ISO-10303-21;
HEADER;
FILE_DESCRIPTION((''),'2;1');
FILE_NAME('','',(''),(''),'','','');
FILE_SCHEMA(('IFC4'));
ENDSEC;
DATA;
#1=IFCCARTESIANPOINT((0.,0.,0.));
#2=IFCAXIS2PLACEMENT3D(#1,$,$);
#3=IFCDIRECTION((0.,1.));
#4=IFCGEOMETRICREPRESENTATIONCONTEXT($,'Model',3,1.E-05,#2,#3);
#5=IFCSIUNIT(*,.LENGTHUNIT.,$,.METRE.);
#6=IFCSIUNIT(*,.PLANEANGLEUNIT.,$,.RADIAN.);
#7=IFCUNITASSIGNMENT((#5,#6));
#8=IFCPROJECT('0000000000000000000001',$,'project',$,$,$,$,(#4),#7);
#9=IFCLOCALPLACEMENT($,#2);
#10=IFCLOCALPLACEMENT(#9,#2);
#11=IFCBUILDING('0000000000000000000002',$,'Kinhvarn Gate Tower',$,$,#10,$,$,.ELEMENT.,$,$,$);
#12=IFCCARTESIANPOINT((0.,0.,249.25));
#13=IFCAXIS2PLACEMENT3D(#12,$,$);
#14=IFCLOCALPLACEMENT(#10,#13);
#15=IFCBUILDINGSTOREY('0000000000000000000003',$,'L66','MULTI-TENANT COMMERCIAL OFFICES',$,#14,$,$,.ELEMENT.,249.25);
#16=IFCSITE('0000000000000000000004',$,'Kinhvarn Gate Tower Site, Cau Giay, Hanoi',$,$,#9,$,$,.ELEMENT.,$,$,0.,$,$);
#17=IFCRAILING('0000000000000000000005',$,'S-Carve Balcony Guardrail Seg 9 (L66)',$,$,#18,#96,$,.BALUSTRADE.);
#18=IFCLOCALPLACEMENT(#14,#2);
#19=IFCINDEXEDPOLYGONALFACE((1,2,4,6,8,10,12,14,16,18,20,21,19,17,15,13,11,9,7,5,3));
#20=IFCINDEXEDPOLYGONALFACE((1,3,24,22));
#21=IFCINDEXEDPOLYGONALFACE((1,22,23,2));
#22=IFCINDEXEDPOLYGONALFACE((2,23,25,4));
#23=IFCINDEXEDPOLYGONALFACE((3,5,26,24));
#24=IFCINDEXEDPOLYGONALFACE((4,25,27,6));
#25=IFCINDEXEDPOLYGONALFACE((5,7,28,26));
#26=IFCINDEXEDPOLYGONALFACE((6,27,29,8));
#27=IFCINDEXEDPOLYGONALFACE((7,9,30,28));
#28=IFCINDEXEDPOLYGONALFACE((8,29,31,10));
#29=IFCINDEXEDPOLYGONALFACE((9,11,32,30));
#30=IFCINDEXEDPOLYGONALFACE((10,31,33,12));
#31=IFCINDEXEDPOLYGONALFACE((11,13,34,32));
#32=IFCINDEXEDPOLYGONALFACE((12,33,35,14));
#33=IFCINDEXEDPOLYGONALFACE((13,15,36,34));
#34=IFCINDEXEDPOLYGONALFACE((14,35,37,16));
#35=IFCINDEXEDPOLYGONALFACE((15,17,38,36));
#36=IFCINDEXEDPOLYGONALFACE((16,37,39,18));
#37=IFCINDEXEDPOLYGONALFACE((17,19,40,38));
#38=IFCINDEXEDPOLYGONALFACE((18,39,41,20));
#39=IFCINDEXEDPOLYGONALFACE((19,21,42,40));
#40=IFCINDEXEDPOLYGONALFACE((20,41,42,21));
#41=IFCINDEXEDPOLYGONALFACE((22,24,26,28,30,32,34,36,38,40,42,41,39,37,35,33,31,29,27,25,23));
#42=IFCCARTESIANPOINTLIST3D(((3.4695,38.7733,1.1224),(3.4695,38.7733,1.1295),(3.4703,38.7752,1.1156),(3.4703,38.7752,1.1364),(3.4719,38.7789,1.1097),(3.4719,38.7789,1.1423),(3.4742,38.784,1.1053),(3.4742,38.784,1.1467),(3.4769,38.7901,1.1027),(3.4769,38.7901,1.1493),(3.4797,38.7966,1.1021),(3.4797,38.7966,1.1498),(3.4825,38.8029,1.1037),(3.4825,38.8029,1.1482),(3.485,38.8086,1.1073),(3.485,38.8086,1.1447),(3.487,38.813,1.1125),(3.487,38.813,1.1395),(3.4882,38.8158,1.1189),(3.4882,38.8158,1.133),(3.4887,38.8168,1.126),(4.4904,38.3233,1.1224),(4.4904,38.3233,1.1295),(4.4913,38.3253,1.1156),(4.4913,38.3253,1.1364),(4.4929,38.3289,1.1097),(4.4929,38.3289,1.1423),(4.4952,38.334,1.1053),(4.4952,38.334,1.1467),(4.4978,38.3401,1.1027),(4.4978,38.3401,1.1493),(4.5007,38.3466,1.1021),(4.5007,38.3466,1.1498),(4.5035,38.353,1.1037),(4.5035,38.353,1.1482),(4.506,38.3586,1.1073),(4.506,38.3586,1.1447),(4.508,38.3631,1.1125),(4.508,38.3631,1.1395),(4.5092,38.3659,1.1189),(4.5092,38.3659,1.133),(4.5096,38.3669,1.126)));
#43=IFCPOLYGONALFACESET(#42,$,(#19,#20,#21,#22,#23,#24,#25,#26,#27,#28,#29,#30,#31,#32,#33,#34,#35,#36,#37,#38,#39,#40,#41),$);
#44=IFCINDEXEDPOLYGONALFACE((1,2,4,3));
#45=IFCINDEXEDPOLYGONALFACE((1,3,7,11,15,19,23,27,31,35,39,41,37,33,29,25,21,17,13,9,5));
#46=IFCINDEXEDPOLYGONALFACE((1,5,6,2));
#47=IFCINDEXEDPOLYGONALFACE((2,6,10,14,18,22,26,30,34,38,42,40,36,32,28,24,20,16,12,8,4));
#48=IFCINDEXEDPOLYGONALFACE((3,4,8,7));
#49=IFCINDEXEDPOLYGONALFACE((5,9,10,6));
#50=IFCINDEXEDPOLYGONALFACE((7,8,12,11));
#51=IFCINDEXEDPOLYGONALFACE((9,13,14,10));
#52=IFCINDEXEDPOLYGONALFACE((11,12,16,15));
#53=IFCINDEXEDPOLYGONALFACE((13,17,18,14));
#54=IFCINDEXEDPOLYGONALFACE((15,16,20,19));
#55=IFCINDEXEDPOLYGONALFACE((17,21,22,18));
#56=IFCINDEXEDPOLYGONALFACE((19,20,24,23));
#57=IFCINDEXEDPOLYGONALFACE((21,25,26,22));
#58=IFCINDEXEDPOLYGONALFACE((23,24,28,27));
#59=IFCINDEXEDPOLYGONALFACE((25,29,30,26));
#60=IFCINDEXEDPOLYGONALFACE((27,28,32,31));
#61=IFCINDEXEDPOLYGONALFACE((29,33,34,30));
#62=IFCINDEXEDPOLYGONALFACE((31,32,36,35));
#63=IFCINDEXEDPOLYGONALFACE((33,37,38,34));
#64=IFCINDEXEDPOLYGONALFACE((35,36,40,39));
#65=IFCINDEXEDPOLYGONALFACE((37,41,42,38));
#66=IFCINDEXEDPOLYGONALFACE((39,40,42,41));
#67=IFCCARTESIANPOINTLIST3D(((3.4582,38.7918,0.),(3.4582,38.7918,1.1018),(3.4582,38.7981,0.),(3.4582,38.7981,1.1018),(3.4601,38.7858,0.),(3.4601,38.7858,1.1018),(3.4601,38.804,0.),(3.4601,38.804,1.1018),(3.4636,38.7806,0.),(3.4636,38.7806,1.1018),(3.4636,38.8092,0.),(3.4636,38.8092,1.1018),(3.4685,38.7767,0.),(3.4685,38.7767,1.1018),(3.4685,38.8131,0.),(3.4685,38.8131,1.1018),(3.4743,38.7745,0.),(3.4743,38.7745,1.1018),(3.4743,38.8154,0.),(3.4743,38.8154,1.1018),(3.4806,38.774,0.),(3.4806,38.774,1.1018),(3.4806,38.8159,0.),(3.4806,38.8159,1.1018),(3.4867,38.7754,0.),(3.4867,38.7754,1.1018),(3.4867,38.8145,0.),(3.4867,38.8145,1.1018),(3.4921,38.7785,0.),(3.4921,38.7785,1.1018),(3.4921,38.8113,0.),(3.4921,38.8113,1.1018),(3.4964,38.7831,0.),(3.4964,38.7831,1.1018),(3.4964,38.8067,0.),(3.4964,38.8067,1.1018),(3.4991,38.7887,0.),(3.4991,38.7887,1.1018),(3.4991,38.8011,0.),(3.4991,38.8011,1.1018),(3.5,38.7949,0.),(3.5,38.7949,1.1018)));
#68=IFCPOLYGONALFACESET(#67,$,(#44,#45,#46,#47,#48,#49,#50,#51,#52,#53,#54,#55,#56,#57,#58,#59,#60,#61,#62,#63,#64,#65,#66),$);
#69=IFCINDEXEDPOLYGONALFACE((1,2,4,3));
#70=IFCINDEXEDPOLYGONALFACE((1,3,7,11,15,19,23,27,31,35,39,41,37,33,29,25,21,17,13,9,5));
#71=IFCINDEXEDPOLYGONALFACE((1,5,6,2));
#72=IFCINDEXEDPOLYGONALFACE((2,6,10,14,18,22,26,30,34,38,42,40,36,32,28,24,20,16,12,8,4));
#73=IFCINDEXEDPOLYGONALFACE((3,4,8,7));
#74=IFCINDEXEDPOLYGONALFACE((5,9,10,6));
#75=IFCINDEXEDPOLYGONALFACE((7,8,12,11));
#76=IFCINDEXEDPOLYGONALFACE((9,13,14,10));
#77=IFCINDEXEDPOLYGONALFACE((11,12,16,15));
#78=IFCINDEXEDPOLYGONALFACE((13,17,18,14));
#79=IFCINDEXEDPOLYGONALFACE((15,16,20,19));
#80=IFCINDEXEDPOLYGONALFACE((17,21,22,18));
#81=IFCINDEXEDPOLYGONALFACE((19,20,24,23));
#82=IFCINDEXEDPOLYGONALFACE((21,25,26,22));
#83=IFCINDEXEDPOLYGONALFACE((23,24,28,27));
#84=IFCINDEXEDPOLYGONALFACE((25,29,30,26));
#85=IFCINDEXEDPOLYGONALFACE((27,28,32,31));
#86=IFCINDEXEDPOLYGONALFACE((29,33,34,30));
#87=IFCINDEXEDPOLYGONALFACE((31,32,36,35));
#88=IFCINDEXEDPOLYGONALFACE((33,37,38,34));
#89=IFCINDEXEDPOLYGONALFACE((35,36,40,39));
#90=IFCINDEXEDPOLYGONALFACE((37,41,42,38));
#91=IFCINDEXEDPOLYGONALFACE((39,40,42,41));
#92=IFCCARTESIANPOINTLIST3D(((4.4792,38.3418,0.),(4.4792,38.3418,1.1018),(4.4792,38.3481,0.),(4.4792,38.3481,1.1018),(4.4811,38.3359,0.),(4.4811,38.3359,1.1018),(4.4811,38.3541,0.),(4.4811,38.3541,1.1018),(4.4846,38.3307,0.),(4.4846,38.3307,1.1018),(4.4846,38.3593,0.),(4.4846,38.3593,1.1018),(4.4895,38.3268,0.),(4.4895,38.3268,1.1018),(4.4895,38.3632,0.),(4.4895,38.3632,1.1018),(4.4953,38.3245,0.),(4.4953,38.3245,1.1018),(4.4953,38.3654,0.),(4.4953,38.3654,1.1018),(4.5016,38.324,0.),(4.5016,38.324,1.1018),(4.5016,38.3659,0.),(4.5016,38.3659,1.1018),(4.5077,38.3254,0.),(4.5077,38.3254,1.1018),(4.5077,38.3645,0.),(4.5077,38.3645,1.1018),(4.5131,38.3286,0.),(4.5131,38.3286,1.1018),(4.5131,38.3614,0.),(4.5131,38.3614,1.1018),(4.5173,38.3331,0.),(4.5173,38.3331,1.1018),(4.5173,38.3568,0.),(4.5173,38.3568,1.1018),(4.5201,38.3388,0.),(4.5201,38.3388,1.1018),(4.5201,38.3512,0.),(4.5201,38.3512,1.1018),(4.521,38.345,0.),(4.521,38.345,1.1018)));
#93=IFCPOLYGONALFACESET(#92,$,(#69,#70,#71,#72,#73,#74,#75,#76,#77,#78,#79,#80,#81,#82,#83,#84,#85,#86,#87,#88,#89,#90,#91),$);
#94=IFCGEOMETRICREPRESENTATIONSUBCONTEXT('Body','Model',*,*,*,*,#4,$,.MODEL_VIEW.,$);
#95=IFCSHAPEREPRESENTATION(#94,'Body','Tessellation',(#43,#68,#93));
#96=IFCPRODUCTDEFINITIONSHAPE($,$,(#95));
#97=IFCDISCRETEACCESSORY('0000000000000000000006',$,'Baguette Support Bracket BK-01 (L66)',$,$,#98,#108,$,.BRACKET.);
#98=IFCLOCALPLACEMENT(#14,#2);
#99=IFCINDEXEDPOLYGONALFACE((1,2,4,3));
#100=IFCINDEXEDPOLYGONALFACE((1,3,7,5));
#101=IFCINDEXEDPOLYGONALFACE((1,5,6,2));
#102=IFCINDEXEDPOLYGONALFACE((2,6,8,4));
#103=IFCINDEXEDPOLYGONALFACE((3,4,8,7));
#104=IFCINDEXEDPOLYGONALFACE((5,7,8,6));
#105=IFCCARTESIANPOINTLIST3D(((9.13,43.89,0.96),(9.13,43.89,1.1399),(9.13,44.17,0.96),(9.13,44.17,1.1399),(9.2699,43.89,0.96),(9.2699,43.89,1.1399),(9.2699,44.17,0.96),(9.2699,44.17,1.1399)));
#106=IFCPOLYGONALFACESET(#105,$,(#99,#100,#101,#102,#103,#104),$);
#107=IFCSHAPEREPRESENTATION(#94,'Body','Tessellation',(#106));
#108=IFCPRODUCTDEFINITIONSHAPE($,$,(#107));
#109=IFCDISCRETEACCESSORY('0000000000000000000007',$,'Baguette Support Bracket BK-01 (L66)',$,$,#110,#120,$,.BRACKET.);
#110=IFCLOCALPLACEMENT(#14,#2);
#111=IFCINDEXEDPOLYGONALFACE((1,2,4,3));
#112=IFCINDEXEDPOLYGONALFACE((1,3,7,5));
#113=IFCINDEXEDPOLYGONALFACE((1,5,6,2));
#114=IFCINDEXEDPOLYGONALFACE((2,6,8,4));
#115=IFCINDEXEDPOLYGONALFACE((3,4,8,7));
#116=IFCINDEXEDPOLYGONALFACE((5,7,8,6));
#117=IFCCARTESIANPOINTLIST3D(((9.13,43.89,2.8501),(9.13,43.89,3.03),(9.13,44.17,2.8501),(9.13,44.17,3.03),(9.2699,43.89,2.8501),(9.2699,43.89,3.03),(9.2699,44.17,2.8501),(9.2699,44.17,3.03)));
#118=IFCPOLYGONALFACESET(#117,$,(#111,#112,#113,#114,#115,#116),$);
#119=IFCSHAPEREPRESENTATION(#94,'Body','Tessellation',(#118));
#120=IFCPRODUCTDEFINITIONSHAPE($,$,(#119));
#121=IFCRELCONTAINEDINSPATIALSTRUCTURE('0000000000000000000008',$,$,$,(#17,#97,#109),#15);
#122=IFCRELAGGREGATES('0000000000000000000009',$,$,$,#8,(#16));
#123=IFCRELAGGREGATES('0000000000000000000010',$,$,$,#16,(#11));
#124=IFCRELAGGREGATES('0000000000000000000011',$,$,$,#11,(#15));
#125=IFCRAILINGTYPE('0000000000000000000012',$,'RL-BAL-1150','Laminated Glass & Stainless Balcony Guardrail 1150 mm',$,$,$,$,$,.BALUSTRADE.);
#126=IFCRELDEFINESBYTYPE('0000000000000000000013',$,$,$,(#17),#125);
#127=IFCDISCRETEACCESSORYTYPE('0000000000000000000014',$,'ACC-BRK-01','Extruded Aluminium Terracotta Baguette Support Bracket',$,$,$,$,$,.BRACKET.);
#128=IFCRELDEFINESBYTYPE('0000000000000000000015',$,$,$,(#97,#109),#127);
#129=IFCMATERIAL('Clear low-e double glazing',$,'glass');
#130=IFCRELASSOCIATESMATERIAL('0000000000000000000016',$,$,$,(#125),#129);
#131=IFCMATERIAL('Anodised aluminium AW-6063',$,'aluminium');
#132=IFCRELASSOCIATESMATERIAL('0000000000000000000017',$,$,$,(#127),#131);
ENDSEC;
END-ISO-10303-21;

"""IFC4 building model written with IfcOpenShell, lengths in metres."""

from ifc_helpers import new_model, si_unit, direction, frame, origin, origin_2d, place, context, subcontext, project, spatial, rectangle, circle, extrude, material, type_object, element, save


model = new_model("IFC4")

# Units and contexts
model_context = context("Model", 3, precision=1e-05, world=origin(), true_north=direction((0.0, 1.0)))
body_context = subcontext(model_context, "Body", "Model", "MODEL_VIEW")
ifc_project = project(units=[si_unit("LENGTHUNIT", "METRE"), si_unit("PLANEANGLEUNIT", "RADIAN")], contexts=[model_context])

# Site, building, storey
site_placement = place(None, origin())
site = spatial("IfcSite", under=ifc_project, at=site_placement, Name="Kinhvarn Gate Tower Site, Cau Giay, Hanoi", CompositionType="ELEMENT", RefElevation=0.0)
building_placement = place(site_placement, origin())
building = spatial("IfcBuilding", under=site, at=building_placement, Name="Kinhvarn Gate Tower", CompositionType="ELEMENT")
storey_placement = place(building_placement, frame((0.0, 0.0, 249.25)))
storey = spatial("IfcBuildingStorey", under=building, at=storey_placement, Name="L66", Description="MULTI-TENANT COMMERCIAL OFFICES", CompositionType="ELEMENT", Elevation=249.25)

# Shared definitions
ifc_material_1 = material(Name="Anodised aluminium AW-6063", Category="aluminium")

# Shared definitions
ifc_material_2 = material(Name="Clear low-e double glazing", Category="glass")

# Railing
railing_type = type_object("IfcRailingType", Name="RL-BAL-1150", Description="Laminated Glass & Stainless Balcony Guardrail 1150 mm", PredefinedType="BALUSTRADE", material=ifc_material_2)
railing_1_placement = place(storey_placement, frame((3.479, 38.7949, 0.0)))
element("IfcRailing", 1, at=railing_1_placement, inside=storey, type_object=railing_type, Name="S-Carve Balcony Guardrail Seg 9 (L66)", PredefinedType="BALUSTRADE", context=body_context, shape_type="SweptSolid", body=[
    extrude(circle(Radius=0.0239, at=origin_2d()), frame((0.0, 0.0, 1.126), z_axis=(0.915079, -0.403274, 0.0), x_axis=(0.403274, 0.915079, 0.0)), (0.0, 0.0, 1.0), 1.1157),
    extrude(circle(Radius=0.021, at=origin_2d()), origin(), (0.0, 0.0, 1.0), 1.1018),
    extrude(circle(Radius=0.021, at=origin_2d()), frame((1.021, -0.45, 0.0)), (0.0, 0.0, 1.0), 1.1018),
])

# Discrete accessories
discrete_accessory_type = type_object("IfcDiscreteAccessoryType", Name="ACC-BRK-01", Description="Extruded Aluminium Terracotta Baguette Support Bracket", PredefinedType="BRACKET", material=ifc_material_1)
for number, where, z_axis, x_axis, name in (
    (2, (9.2, 44.03, 0.96), (0.0, 0.0, 1.0), (-1.0, 0.0, 0.0), "Baguette Support Bracket BK-01 (L66)"),
    (3, (9.2, 44.03, 2.8501), (0.0, 0.0, 1.0), (-1.0, 0.0, 0.0), "Baguette Support Bracket BK-01 (L66)"),
):
    element("IfcDiscreteAccessory", number, at=place(storey_placement, frame(where, z_axis=z_axis, x_axis=x_axis)), inside=storey, type_object=discrete_accessory_type, Name=name, PredefinedType="BRACKET", context=body_context, shape_type="SweptSolid", body=[
        extrude(rectangle(XDim=0.1399, YDim=0.28, at=origin_2d()), origin(), (0.0, 0.0, 1.0), 0.1799),
    ])

save(model, "model.ifc")
